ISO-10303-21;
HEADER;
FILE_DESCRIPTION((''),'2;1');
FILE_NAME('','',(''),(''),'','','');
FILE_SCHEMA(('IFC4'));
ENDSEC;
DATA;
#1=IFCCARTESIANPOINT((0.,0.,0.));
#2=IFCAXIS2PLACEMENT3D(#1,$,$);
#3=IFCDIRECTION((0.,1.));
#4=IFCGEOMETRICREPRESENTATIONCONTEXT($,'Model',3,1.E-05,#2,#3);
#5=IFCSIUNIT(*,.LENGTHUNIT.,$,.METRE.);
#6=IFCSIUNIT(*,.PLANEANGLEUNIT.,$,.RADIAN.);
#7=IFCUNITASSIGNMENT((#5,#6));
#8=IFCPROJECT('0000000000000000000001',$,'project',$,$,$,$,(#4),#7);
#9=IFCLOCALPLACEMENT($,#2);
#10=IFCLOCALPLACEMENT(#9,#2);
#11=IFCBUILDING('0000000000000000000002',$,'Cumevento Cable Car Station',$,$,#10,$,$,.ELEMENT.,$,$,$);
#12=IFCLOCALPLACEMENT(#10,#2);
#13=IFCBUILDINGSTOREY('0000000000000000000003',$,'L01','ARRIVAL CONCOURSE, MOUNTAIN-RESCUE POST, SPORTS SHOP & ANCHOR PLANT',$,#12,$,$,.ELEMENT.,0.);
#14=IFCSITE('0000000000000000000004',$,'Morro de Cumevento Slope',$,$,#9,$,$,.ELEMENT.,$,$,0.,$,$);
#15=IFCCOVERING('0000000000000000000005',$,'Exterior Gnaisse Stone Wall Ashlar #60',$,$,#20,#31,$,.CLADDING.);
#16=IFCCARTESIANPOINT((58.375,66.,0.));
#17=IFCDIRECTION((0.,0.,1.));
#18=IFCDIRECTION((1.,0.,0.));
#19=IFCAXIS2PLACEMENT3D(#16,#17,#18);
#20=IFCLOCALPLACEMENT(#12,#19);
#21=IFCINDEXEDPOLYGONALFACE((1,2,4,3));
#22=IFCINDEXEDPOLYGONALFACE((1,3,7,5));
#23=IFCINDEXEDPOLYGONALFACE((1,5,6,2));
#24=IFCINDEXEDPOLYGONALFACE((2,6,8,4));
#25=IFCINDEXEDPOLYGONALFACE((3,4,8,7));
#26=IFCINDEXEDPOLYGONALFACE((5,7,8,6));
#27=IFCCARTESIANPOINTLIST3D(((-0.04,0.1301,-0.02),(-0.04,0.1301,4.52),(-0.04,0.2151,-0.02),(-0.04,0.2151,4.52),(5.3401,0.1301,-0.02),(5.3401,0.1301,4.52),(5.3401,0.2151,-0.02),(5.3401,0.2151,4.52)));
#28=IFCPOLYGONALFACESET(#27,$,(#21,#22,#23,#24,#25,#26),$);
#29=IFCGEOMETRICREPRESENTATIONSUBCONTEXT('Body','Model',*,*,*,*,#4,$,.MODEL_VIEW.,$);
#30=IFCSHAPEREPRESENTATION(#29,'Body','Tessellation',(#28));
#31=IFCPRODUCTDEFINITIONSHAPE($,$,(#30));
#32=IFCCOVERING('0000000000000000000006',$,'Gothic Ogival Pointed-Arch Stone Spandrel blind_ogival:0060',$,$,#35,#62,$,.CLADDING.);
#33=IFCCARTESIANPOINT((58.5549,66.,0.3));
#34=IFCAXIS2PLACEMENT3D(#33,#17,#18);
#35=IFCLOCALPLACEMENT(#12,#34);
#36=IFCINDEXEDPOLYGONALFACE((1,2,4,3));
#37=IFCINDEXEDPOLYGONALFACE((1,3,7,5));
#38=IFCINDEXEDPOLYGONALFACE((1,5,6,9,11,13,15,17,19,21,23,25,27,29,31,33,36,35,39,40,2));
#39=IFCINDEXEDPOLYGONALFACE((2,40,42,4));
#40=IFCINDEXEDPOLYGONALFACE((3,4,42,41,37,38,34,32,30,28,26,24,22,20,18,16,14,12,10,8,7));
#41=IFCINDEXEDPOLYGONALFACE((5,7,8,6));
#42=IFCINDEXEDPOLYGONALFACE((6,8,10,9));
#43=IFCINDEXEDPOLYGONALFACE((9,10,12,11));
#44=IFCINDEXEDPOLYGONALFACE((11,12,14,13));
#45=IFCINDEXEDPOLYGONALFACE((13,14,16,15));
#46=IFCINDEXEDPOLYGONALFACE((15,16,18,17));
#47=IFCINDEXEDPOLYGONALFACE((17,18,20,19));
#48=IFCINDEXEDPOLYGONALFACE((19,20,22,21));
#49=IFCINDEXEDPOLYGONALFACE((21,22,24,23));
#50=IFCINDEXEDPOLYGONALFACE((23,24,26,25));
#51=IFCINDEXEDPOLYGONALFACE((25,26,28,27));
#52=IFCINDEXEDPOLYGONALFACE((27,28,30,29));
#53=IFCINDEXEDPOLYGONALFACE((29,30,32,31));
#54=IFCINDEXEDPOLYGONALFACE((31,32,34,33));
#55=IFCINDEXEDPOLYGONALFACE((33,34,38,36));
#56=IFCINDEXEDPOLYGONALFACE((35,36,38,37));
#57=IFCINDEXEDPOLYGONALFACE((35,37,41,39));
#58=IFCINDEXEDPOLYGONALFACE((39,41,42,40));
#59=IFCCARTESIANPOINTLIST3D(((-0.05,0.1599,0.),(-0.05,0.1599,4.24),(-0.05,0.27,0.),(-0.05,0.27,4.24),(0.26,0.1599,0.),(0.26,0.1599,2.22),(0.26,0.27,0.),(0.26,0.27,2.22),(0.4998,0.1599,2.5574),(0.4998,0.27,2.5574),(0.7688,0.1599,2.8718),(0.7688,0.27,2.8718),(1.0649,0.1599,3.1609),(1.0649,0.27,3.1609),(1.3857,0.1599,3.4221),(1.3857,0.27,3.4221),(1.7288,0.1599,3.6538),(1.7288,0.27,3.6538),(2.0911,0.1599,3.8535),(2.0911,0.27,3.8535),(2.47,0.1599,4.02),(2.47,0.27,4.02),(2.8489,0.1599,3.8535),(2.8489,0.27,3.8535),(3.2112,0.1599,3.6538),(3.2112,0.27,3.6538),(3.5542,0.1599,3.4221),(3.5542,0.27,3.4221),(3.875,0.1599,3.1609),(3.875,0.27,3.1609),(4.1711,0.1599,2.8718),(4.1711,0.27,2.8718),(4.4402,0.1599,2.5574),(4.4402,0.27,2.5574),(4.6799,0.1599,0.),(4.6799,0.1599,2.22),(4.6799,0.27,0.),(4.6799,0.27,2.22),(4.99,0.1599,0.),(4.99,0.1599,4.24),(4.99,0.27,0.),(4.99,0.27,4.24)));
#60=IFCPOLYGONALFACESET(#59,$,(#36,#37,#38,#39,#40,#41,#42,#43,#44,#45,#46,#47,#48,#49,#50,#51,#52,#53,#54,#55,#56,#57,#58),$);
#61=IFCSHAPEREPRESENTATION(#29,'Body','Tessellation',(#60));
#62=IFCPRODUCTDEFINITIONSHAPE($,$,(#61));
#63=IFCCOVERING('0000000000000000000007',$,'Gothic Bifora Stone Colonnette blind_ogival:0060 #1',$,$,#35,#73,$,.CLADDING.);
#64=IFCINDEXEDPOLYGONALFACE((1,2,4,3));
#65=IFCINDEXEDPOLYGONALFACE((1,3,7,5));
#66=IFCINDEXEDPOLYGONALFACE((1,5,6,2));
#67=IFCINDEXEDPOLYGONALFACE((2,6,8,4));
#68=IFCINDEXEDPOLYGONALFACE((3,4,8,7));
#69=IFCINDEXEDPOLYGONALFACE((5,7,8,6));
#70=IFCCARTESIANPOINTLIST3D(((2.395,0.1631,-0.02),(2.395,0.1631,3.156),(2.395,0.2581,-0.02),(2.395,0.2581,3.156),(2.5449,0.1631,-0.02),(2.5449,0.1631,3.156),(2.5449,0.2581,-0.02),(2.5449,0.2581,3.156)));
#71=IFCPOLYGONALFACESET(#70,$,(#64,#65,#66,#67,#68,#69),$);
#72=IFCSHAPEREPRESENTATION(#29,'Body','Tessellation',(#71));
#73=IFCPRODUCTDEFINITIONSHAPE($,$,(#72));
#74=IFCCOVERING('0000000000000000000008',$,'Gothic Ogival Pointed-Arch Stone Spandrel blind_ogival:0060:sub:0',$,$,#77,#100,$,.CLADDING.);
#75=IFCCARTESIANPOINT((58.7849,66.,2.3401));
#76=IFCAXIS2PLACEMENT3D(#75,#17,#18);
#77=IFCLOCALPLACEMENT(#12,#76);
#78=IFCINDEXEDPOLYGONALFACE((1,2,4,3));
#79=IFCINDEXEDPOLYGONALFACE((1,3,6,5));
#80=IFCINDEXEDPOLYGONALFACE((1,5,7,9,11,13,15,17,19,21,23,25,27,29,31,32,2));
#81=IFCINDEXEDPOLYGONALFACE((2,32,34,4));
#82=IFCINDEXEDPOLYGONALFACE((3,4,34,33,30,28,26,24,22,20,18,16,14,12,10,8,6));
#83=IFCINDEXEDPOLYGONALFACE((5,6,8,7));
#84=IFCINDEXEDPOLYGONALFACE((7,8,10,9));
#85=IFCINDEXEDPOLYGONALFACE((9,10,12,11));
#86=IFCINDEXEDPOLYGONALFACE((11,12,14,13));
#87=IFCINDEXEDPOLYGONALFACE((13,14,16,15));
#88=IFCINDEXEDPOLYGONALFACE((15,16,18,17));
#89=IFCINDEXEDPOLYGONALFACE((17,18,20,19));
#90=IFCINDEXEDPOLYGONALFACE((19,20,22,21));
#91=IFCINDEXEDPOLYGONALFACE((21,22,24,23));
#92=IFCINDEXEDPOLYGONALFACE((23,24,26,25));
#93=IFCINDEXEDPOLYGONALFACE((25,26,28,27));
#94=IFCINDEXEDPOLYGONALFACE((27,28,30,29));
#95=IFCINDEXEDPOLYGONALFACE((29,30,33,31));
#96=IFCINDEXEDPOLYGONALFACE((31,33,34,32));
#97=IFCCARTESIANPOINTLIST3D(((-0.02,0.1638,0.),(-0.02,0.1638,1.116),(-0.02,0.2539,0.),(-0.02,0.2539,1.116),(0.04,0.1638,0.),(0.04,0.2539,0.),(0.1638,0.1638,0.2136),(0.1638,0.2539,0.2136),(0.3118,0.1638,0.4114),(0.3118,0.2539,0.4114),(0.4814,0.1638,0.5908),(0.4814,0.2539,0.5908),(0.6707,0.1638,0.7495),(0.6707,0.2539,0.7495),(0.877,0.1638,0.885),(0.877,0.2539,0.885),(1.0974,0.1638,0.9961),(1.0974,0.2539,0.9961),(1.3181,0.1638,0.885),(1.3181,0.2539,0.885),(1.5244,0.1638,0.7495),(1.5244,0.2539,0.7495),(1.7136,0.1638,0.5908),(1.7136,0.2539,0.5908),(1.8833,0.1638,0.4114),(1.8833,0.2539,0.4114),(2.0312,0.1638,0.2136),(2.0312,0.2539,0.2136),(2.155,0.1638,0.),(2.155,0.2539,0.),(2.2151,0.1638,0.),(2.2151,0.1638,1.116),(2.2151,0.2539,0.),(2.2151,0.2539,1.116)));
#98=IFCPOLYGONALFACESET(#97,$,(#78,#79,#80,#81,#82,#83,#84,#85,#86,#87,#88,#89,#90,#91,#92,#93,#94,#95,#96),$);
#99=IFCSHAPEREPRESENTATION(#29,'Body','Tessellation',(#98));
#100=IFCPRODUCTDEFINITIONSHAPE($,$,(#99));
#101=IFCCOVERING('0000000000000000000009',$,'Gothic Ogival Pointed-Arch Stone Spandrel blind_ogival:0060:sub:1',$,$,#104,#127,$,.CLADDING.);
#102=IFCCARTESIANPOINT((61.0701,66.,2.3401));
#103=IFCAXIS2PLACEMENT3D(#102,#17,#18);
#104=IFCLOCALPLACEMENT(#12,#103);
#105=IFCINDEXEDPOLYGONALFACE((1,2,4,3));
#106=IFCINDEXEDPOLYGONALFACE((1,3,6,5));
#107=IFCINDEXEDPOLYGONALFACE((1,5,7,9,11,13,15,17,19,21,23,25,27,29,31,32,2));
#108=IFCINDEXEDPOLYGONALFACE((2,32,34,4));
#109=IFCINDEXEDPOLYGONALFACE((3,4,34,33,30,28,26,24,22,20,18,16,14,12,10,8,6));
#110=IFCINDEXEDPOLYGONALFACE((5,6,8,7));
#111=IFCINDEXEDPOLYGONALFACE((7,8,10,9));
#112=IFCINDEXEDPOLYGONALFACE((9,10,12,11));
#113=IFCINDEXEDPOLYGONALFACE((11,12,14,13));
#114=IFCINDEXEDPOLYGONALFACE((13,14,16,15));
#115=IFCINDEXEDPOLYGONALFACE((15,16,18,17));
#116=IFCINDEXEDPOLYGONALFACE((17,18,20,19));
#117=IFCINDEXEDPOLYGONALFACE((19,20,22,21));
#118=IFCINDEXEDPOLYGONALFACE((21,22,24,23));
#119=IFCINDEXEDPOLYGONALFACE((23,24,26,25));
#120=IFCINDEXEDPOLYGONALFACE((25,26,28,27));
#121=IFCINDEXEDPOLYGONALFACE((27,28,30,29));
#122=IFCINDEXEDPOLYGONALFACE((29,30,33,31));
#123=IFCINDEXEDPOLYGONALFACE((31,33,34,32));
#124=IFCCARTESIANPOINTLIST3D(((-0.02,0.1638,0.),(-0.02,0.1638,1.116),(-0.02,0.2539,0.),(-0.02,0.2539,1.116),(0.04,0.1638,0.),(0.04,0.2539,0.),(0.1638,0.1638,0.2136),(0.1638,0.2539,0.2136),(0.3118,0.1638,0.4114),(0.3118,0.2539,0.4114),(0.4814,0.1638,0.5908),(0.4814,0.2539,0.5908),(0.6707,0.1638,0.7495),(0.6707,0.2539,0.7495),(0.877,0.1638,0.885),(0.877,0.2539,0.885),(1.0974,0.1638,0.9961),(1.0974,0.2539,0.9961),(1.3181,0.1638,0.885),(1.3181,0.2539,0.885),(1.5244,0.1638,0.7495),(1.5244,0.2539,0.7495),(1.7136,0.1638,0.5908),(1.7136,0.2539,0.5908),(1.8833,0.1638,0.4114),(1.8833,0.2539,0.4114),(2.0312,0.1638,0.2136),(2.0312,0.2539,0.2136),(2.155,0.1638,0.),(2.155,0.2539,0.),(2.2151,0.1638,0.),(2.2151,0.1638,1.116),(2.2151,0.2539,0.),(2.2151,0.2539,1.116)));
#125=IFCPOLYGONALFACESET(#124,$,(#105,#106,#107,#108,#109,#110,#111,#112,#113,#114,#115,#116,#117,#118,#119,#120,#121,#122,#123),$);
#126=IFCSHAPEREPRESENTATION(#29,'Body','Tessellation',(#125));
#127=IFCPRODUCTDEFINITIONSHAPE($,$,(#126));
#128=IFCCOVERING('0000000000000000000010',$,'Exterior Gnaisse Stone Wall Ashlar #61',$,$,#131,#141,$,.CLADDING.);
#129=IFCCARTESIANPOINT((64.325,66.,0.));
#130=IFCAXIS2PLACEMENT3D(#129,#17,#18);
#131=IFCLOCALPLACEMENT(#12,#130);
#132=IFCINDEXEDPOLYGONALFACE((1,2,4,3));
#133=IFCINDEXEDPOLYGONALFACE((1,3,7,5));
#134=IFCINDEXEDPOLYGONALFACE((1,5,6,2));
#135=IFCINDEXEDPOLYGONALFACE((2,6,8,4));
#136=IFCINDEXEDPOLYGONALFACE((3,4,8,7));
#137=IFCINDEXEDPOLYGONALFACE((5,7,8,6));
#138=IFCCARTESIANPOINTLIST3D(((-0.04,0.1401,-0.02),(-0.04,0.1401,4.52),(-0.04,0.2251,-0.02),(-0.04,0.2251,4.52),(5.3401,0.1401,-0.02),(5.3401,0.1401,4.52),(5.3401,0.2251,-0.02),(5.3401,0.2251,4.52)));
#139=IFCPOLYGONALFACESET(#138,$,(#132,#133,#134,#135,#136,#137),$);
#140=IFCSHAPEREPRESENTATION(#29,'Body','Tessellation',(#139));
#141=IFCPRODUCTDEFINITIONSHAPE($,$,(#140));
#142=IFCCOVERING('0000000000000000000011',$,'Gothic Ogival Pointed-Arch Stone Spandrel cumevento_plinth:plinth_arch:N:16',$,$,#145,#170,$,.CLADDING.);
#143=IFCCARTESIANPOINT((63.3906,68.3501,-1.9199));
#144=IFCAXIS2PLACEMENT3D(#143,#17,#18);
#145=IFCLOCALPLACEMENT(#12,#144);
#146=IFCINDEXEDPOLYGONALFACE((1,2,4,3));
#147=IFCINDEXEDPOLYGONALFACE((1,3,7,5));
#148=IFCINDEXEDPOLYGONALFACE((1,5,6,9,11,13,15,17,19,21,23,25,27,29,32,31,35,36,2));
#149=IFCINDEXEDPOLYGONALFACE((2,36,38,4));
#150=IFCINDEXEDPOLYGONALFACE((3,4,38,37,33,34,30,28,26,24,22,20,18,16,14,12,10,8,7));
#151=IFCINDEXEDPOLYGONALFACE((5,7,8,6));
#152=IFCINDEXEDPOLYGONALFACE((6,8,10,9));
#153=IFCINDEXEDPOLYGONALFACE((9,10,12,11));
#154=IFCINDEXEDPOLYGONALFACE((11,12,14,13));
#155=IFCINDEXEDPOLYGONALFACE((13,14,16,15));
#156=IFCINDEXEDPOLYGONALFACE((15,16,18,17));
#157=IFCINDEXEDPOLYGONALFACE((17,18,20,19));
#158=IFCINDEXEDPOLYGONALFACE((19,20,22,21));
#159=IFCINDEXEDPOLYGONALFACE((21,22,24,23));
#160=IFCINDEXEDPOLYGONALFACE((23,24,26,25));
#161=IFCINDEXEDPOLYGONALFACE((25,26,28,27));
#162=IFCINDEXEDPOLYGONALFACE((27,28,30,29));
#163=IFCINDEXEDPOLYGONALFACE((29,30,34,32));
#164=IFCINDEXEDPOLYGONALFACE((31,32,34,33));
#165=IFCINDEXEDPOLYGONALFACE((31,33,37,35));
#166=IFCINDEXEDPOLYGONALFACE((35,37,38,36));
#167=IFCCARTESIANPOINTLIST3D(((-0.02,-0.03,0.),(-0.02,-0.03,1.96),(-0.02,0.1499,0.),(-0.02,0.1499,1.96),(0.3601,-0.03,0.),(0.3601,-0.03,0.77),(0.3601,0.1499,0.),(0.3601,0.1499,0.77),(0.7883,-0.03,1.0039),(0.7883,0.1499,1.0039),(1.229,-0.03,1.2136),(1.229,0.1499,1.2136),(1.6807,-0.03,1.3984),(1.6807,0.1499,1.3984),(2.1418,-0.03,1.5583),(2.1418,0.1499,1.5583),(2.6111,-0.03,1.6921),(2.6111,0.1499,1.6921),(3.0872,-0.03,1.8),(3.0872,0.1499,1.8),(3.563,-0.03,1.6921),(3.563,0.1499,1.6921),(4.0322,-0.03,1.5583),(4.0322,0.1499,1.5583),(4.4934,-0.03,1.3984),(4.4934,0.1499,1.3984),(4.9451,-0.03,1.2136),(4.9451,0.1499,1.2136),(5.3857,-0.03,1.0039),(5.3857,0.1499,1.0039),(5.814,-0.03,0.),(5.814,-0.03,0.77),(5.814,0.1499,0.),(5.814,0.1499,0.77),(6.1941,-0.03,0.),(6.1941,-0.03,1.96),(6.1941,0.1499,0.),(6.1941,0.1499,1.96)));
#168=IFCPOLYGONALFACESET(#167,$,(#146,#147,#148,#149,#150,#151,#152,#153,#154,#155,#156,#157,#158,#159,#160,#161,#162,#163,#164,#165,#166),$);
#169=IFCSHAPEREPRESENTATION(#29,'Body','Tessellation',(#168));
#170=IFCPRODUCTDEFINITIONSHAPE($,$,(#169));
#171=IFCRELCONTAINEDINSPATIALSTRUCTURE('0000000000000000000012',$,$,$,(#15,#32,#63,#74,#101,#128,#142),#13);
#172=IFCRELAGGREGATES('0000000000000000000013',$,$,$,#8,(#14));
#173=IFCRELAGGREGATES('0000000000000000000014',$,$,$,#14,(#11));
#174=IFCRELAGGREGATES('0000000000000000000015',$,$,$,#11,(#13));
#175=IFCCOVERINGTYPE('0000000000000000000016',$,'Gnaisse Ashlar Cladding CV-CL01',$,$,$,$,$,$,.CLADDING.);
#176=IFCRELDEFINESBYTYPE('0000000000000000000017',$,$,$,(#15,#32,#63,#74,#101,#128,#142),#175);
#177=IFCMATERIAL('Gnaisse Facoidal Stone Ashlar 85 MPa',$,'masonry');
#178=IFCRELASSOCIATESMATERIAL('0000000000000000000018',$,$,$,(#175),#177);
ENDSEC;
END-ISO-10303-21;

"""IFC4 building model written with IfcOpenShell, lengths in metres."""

from ifc_helpers import new_model, si_unit, direction, frame, origin, place, context, subcontext, project, spatial, polyline, outline, extrude, material, type_object, element, save


model = new_model("IFC4")

# Units and contexts
model_context = context("Model", 3, precision=1e-05, world=origin(), true_north=direction((0.0, 1.0)))
body_context = subcontext(model_context, "Body", "Model", "MODEL_VIEW")
ifc_project = project(units=[si_unit("LENGTHUNIT", "METRE"), si_unit("PLANEANGLEUNIT", "RADIAN")], contexts=[model_context])

# Site, building, storey
site_placement = place(None, origin())
site = spatial("IfcSite", under=ifc_project, at=site_placement, Name="Morro de Cumevento Slope", CompositionType="ELEMENT", RefElevation=0.0)
building_placement = place(site_placement, origin())
building = spatial("IfcBuilding", under=site, at=building_placement, Name="Cumevento Cable Car Station", CompositionType="ELEMENT")
storey_placement = place(building_placement, origin())
storey = spatial("IfcBuildingStorey", under=building, at=storey_placement, Name="L01", Description="ARRIVAL CONCOURSE, MOUNTAIN-RESCUE POST, SPORTS SHOP & ANCHOR PLANT", CompositionType="ELEMENT", Elevation=0.0)

# Coverings
ifc_material_1 = material(Name="Gnaisse Facoidal Stone Ashlar 85 MPa", Category="masonry")
covering_type = type_object("IfcCoveringType", Name="Gnaisse Ashlar Cladding CV-CL01", PredefinedType="CLADDING", material=ifc_material_1)
covering_1_placement = place(storey_placement, frame((58.375, 66.0, 0.0), z_axis=(0.0, 0.0, 1.0), x_axis=(1.0, 0.0, 0.0)))
element("IfcCovering", 1, at=covering_1_placement, inside=storey, type_object=covering_type, Name="Exterior Gnaisse Stone Wall Ashlar #60", PredefinedType="CLADDING", context=body_context, shape_type="SweptSolid", body=[
    extrude(outline(polyline([(-0.04, -0.02), (5.3401, -0.02), (5.3401, 4.52), (-0.04, 4.52), (-0.04, -0.02)])), frame((0.0, 0.2151, 0.0), z_axis=(0.0, -1.0, 0.0), x_axis=(1.0, 0.0, 0.0)), (0.0, 0.0, 1.0), 0.085),
])
placement = place(storey_placement, frame((58.5549, 66.0, 0.3), z_axis=(0.0, 0.0, 1.0), x_axis=(1.0, 0.0, 0.0)))
element("IfcCovering", 2, at=placement, inside=storey, type_object=covering_type, Name="Gothic Ogival Pointed-Arch Stone Spandrel blind_ogival:0060", PredefinedType="CLADDING", context=body_context, shape_type="SweptSolid", body=[
    extrude(outline(polyline([(-0.05, 0.0), (-0.05, 4.24), (4.99, 4.24), (4.99, 0.0), (4.6799, 0.0), (4.6799, 2.22), (4.4402, 2.5574), (4.1711, 2.8718), (3.875, 3.1609), (3.5542, 3.4221), (3.2112, 3.6538), (2.8489, 3.8535), (2.47, 4.02), (2.0911, 3.8535), (1.7288, 3.6538), (1.3857, 3.4221), (1.0649, 3.1609), (0.7688, 2.8718), (0.4998, 2.5574), (0.26, 2.22), (0.26, 0.0), (-0.05, 0.0)])), frame((0.0, 0.27, 0.0), z_axis=(0.0, -1.0, 0.0), x_axis=(1.0, 0.0, 0.0)), (0.0, 0.0, 1.0), 0.1101),
])
element("IfcCovering", 3, at=placement, inside=storey, type_object=covering_type, Name="Gothic Bifora Stone Colonnette blind_ogival:0060 #1", PredefinedType="CLADDING", context=body_context, shape_type="SweptSolid", body=[
    extrude(outline(polyline([(2.395, -0.02), (2.5449, -0.02), (2.5449, 3.156), (2.395, 3.156), (2.395, -0.02)])), frame((0.0, 0.2581, 0.0), z_axis=(0.0, -1.0, 0.0), x_axis=(1.0, 0.0, 0.0)), (0.0, 0.0, 1.0), 0.095),
])
for number, where, z_axis, x_axis, name in (
    (4, (58.7849, 66.0, 2.3401), (0.0, 0.0, 1.0), (1.0, 0.0, 0.0), "Gothic Ogival Pointed-Arch Stone Spandrel blind_ogival:0060:sub:0"),
    (5, (61.0701, 66.0, 2.3401), (0.0, 0.0, 1.0), (1.0, 0.0, 0.0), "Gothic Ogival Pointed-Arch Stone Spandrel blind_ogival:0060:sub:1"),
):
    element("IfcCovering", number, at=place(storey_placement, frame(where, z_axis=z_axis, x_axis=x_axis)), inside=storey, type_object=covering_type, Name=name, PredefinedType="CLADDING", context=body_context, shape_type="SweptSolid", body=[
        extrude(outline(polyline([(-0.02, 0.0), (-0.02, 1.116), (2.2151, 1.116), (2.2151, 0.0), (2.155, 0.0), (2.0312, 0.2136), (1.8833, 0.4114), (1.7136, 0.5908), (1.5244, 0.7495), (1.3181, 0.885), (1.0974, 0.9961), (0.877, 0.885), (0.6707, 0.7495), (0.4814, 0.5908), (0.3118, 0.4114), (0.1638, 0.2136), (0.04, 0.0), (-0.02, 0.0)])), frame((0.0, 0.2539, 0.0), z_axis=(0.0, -1.0, 0.0), x_axis=(1.0, 0.0, 0.0)), (0.0, 0.0, 1.0), 0.0901),
    ])
covering_2_placement = place(storey_placement, frame((64.325, 66.0, 0.0), z_axis=(0.0, 0.0, 1.0), x_axis=(1.0, 0.0, 0.0)))
element("IfcCovering", 6, at=covering_2_placement, inside=storey, type_object=covering_type, Name="Exterior Gnaisse Stone Wall Ashlar #61", PredefinedType="CLADDING", context=body_context, shape_type="SweptSolid", body=[
    extrude(outline(polyline([(-0.04, -0.02), (5.3401, -0.02), (5.3401, 4.52), (-0.04, 4.52), (-0.04, -0.02)])), frame((0.0, 0.2251, 0.0), z_axis=(0.0, -1.0, 0.0), x_axis=(1.0, 0.0, 0.0)), (0.0, 0.0, 1.0), 0.085),
])
covering_3_placement = place(storey_placement, frame((63.3906, 68.3501, -1.9199), z_axis=(0.0, 0.0, 1.0), x_axis=(1.0, 0.0, 0.0)))
element("IfcCovering", 7, at=covering_3_placement, inside=storey, type_object=covering_type, Name="Gothic Ogival Pointed-Arch Stone Spandrel cumevento_plinth:plinth_arch:N:16", PredefinedType="CLADDING", context=body_context, shape_type="SweptSolid", body=[
    extrude(outline(polyline([(-0.02, 0.0), (-0.02, 1.96), (6.1941, 1.96), (6.1941, 0.0), (5.814, 0.0), (5.814, 0.77), (5.3857, 1.0039), (4.9451, 1.2136), (4.4934, 1.3984), (4.0322, 1.5583), (3.563, 1.6921), (3.0872, 1.8), (2.6111, 1.6921), (2.1418, 1.5583), (1.6807, 1.3984), (1.229, 1.2136), (0.7883, 1.0039), (0.3601, 0.77), (0.3601, 0.0), (-0.02, 0.0)])), frame((0.0, 0.1499, 0.0), z_axis=(0.0, -1.0, 0.0), x_axis=(1.0, 0.0, 0.0)), (0.0, 0.0, 1.0), 0.1799),
])

save(model, "model.ifc")
